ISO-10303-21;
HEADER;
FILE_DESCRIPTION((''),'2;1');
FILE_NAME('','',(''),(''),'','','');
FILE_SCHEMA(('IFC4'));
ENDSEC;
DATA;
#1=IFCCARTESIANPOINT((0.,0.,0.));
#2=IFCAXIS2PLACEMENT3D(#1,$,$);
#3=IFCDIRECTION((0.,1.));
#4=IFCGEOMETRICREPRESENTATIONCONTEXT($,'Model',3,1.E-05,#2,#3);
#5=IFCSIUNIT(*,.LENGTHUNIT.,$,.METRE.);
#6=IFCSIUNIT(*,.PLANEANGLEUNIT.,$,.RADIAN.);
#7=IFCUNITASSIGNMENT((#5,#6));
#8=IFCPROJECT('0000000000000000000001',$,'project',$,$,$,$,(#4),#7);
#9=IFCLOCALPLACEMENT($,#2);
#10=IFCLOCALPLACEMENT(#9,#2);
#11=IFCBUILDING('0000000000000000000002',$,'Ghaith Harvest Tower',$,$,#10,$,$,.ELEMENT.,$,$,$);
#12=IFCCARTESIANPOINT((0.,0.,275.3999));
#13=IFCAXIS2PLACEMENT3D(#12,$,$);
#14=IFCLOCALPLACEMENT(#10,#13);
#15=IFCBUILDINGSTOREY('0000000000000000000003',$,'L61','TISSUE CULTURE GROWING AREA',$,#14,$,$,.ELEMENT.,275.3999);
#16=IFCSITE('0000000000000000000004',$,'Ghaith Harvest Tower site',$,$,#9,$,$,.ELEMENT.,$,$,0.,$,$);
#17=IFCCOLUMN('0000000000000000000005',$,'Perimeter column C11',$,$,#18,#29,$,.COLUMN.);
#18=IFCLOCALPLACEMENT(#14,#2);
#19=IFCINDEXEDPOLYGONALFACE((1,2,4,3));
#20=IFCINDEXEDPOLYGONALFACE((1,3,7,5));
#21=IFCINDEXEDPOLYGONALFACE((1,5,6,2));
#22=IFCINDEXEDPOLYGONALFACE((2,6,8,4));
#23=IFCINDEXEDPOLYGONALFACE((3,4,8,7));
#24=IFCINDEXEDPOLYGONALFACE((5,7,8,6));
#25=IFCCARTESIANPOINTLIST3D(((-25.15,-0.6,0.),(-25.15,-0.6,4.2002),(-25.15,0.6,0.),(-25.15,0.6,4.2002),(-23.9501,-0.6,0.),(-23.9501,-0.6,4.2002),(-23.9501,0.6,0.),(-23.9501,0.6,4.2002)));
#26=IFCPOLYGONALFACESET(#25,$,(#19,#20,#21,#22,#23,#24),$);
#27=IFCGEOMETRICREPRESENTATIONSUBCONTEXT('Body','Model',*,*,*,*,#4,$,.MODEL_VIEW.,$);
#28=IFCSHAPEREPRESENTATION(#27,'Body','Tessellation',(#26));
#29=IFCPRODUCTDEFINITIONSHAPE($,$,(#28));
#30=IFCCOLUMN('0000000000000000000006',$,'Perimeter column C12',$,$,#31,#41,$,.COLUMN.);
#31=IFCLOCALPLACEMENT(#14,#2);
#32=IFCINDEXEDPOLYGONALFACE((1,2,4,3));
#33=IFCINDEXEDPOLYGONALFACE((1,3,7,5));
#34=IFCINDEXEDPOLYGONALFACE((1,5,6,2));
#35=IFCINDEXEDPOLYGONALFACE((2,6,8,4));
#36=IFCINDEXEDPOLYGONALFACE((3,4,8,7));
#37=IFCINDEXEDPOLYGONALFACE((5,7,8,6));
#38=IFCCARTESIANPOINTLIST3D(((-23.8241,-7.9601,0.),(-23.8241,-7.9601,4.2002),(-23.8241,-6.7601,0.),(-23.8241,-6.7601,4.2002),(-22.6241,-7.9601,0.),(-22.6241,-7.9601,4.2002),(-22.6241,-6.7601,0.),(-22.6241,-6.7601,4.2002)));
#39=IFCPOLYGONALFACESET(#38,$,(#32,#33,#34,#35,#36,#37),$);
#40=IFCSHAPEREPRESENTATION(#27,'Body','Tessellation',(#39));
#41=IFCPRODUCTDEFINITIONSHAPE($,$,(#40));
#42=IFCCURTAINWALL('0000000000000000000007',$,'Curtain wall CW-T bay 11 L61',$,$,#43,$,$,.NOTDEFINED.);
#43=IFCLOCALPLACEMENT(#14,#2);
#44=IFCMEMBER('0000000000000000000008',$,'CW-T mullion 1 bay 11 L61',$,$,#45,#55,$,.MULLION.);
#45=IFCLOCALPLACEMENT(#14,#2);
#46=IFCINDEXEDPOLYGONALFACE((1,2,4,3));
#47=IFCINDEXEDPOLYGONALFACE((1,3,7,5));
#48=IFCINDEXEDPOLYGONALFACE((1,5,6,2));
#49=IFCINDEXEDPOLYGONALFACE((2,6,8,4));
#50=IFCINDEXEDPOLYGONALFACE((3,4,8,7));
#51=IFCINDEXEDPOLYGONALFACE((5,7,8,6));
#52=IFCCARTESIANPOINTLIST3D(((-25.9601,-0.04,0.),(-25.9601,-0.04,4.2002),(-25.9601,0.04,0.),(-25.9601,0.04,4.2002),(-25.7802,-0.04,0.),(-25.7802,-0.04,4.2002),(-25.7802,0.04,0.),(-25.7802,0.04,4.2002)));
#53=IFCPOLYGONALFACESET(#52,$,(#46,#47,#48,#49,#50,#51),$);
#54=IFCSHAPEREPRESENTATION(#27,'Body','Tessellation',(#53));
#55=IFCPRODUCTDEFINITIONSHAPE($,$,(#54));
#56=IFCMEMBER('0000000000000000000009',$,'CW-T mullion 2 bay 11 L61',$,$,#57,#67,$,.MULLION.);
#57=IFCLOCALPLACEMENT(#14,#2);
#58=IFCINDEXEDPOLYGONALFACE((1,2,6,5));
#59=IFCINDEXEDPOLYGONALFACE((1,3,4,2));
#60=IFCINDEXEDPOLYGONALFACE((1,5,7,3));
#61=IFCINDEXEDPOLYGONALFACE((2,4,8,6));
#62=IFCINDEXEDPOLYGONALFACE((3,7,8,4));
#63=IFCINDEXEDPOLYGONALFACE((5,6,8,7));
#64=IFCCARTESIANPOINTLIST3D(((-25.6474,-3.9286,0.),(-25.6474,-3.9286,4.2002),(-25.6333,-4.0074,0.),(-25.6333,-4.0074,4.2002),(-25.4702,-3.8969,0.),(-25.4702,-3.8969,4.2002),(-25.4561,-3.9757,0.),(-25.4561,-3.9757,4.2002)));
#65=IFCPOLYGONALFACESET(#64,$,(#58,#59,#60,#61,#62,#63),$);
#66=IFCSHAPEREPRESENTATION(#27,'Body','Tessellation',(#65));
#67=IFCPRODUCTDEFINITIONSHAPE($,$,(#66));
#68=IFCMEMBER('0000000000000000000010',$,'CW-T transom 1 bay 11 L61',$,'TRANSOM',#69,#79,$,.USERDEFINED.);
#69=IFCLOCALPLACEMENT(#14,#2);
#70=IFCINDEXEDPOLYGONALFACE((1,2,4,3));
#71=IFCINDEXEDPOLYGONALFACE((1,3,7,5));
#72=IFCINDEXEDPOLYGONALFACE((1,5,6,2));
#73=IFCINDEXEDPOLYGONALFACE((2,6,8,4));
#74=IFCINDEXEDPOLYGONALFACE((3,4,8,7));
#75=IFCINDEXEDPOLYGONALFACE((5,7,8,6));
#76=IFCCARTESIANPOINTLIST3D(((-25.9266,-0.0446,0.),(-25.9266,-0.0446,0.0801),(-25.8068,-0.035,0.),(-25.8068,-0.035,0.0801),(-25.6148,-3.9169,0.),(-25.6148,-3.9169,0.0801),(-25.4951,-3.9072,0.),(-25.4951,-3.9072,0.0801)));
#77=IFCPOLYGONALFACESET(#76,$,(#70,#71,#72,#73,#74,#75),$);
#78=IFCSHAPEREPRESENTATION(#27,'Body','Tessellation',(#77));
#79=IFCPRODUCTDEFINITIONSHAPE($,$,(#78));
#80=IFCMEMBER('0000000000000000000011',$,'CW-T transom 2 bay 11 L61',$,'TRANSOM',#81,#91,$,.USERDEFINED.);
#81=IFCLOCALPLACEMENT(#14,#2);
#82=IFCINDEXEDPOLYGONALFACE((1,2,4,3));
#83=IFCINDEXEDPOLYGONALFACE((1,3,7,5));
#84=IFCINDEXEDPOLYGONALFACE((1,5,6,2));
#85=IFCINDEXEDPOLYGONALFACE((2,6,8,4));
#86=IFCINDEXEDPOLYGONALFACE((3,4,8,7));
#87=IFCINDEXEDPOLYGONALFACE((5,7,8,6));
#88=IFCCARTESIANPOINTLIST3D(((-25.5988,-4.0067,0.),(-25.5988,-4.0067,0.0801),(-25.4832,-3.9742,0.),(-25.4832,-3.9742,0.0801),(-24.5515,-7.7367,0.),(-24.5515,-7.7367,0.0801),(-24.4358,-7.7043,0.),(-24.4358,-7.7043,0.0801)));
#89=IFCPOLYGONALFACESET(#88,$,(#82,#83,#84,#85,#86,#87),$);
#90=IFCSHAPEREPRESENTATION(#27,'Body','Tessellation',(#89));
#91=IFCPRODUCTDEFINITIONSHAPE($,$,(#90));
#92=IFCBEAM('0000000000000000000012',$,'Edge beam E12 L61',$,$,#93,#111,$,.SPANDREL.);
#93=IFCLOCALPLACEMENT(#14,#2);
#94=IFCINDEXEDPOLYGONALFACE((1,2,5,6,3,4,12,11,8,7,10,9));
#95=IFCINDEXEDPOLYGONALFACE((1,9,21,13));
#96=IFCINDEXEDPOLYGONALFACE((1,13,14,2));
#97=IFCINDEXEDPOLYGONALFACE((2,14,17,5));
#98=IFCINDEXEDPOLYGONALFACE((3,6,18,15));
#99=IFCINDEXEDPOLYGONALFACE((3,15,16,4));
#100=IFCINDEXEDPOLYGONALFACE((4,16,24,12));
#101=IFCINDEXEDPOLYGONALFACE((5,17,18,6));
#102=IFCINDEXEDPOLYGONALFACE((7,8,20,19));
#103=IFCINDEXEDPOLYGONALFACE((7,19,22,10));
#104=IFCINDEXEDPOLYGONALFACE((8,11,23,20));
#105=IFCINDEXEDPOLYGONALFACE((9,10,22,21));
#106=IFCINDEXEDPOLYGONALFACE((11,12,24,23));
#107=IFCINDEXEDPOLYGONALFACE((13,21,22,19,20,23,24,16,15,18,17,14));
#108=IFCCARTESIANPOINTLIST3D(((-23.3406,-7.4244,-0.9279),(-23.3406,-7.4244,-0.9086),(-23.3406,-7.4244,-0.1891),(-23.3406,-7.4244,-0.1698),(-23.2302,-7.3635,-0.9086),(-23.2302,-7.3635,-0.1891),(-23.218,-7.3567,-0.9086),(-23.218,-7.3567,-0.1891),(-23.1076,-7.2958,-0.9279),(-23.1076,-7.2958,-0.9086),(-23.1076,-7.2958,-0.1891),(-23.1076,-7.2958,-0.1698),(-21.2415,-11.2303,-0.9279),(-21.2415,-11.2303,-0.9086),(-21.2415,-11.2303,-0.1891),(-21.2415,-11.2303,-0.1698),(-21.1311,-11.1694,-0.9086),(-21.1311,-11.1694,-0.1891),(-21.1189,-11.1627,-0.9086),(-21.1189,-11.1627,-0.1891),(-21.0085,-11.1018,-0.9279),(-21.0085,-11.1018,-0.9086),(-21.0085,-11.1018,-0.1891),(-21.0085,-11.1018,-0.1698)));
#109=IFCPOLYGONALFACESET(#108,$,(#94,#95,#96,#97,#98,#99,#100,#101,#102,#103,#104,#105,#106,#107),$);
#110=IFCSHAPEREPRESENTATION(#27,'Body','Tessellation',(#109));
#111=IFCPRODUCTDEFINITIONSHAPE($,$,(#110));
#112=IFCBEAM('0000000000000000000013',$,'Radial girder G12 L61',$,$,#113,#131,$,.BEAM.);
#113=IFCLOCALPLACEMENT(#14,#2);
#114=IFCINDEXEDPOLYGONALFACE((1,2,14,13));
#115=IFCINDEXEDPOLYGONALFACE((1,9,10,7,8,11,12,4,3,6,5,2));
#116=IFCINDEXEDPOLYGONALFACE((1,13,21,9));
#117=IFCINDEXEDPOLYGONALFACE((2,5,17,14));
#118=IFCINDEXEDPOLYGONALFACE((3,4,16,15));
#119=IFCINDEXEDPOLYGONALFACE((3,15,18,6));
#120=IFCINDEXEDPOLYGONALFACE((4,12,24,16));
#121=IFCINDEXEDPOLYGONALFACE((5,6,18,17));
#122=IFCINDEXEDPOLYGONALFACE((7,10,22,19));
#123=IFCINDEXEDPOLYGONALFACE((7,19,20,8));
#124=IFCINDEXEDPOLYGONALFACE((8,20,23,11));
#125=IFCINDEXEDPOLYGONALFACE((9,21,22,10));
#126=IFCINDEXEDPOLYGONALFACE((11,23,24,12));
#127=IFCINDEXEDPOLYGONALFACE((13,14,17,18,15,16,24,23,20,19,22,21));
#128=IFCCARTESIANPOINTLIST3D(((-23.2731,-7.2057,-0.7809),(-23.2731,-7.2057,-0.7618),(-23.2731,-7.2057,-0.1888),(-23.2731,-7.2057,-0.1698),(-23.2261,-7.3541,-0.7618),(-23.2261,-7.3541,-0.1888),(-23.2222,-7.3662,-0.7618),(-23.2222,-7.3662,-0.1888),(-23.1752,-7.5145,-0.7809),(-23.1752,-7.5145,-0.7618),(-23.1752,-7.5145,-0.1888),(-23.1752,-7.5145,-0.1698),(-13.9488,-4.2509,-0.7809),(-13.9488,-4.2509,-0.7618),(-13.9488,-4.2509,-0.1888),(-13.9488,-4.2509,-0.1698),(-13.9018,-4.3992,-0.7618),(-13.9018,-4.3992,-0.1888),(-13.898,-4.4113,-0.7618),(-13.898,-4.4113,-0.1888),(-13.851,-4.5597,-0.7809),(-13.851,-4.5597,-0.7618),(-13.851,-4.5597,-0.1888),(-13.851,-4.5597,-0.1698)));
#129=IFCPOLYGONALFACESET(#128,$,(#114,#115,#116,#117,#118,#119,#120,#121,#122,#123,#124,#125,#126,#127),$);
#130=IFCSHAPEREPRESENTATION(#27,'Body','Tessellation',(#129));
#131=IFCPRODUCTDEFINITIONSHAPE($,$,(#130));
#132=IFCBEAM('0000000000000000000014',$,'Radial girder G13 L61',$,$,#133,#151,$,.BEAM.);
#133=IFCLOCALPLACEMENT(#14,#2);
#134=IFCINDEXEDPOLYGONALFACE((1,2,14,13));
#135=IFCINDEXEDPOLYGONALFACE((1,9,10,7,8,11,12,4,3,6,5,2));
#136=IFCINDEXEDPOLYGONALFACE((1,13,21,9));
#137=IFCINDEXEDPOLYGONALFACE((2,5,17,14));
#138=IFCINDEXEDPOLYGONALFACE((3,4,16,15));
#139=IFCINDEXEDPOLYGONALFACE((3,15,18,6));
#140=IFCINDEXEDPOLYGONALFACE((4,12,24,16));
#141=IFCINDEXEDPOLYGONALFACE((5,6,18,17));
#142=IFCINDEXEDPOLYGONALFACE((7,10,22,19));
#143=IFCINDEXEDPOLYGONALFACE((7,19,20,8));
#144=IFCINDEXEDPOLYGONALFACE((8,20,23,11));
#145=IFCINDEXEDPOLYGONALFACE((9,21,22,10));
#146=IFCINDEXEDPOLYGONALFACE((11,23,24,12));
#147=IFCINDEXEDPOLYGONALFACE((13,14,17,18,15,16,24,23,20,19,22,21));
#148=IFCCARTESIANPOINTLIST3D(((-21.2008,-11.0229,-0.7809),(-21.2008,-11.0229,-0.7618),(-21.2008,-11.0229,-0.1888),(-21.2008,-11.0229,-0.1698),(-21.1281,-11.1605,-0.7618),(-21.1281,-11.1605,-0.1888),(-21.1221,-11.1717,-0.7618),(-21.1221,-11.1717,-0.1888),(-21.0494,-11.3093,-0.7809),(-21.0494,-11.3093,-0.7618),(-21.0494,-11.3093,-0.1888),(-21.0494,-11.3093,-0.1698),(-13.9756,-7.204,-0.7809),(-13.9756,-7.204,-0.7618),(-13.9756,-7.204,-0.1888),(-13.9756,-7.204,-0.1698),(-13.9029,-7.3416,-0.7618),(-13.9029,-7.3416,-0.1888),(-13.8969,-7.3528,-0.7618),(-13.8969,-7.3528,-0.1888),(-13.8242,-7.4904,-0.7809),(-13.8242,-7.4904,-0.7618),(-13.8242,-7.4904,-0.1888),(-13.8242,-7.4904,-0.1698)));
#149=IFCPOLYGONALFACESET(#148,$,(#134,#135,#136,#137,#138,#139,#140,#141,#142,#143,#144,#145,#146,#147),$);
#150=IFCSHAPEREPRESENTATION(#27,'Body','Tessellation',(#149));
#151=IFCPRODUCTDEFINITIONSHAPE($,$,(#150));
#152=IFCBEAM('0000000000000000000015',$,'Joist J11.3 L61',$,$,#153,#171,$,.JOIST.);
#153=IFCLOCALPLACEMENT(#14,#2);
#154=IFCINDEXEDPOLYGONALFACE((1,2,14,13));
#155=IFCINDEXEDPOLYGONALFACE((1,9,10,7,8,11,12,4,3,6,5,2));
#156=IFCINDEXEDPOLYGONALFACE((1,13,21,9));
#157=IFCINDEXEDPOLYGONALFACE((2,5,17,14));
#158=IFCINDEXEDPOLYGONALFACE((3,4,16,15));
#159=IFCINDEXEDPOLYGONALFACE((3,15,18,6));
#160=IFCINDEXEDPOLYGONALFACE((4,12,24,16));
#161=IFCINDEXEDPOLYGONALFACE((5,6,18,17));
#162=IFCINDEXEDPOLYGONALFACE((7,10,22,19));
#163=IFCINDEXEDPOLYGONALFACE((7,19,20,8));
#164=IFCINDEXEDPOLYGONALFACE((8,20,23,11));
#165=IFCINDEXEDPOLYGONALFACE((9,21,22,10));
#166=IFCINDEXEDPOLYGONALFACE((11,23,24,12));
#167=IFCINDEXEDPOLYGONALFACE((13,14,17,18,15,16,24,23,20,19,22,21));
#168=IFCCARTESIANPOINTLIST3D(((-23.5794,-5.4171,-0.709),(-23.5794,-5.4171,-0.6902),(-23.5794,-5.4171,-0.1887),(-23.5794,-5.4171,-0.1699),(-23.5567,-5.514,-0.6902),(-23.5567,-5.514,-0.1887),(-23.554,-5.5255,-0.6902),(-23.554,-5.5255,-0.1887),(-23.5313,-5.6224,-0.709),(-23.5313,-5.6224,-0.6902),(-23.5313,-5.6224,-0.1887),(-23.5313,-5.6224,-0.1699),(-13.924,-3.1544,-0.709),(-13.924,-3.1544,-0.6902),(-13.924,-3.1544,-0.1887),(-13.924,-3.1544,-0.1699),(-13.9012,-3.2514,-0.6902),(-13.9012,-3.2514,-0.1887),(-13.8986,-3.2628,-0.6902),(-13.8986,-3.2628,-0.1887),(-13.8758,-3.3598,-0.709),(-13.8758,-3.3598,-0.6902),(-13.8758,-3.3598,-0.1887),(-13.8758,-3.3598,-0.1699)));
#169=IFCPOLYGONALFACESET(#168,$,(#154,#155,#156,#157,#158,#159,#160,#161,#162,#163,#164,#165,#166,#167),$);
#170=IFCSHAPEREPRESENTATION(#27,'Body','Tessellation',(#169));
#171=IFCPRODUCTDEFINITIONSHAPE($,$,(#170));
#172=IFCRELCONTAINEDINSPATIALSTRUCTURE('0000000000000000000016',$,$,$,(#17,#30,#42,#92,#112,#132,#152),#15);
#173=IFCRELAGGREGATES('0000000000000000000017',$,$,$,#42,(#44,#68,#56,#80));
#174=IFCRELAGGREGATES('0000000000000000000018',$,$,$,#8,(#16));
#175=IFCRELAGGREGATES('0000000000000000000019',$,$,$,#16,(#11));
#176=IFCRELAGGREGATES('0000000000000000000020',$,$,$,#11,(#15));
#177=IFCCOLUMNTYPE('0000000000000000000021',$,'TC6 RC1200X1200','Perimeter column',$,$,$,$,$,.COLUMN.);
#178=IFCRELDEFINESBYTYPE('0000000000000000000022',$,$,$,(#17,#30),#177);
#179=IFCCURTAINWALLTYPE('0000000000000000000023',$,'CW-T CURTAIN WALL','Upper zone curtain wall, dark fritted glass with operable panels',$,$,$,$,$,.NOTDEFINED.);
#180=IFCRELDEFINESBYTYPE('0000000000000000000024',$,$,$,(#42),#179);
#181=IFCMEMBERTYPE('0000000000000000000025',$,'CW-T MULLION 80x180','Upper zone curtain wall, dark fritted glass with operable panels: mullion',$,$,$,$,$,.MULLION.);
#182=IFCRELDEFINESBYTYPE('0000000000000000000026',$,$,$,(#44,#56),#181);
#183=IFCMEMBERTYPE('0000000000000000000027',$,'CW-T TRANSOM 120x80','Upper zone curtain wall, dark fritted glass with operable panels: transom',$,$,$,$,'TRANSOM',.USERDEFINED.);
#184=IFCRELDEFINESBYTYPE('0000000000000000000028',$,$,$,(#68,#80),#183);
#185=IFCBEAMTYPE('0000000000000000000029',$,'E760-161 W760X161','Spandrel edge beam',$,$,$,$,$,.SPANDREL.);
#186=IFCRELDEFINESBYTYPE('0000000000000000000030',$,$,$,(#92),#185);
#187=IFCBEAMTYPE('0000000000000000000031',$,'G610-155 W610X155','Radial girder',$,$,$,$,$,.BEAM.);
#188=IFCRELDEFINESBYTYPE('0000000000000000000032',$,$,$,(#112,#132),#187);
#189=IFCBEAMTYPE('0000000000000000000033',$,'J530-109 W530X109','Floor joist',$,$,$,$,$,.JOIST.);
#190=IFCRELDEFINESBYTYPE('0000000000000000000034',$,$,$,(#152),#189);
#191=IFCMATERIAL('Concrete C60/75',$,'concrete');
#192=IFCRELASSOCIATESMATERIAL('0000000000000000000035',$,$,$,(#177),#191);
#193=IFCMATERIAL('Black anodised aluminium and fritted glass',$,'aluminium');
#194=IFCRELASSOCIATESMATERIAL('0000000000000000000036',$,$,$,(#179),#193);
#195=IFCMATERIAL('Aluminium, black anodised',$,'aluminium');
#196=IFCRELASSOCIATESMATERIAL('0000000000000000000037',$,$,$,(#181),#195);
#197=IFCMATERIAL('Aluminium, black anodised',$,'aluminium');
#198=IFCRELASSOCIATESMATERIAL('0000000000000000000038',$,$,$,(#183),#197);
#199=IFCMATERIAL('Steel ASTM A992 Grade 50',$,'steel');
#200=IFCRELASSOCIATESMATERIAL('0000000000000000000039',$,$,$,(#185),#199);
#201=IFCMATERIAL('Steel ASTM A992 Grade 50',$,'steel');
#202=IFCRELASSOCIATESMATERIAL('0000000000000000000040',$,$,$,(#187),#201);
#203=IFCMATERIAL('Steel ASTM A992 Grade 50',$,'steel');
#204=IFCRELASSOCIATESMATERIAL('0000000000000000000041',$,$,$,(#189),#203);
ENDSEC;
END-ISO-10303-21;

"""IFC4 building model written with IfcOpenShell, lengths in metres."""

from ifc_helpers import new_model, si_unit, direction, frame, origin, origin_2d, place, context, subcontext, project, spatial, rectangle, i_section, extrude, material, material_profile, profile_set, type_object, element, aggregate, save


model = new_model("IFC4")

# Units and contexts
model_context = context("Model", 3, precision=1e-05, world=origin(), true_north=direction((0.0, 1.0)))
body_context = subcontext(model_context, "Body", "Model", "MODEL_VIEW")
ifc_project = project(units=[si_unit("LENGTHUNIT", "METRE"), si_unit("PLANEANGLEUNIT", "RADIAN")], contexts=[model_context])

# Site, building, storey
site_placement = place(None, origin())
site = spatial("IfcSite", under=ifc_project, at=site_placement, Name="Ghaith Harvest Tower site", CompositionType="ELEMENT", RefElevation=0.0)
building_placement = place(site_placement, origin())
building = spatial("IfcBuilding", under=site, at=building_placement, Name="Ghaith Harvest Tower", CompositionType="ELEMENT")
storey_placement = place(building_placement, frame((0.0, 0.0, 275.3999)))
storey = spatial("IfcBuildingStorey", under=building, at=storey_placement, Name="L61", Description="TISSUE CULTURE GROWING AREA", CompositionType="ELEMENT", Elevation=275.3999)

# Columns
ifc_material_1 = material(Name="Concrete C60/75", Category="concrete")
ifc_material_profile_1 = material_profile(ifc_material_1, rectangle(XDim=1.2, YDim=1.2, at=origin_2d()), Name="RC1200X1200")
ifc_profile_set_1 = profile_set([ifc_material_profile_1], Name="Concrete C60/75")
column_type = type_object("IfcColumnType", Name="TC6 RC1200X1200", Description="Perimeter column", PredefinedType="COLUMN", material=ifc_profile_set_1)
for number, where, z_axis, x_axis, name in (
    (1, (-24.55, 0.0, 0.0), (0.0, 0.0, 1.0), (1.0, 0.0, 0.0), "Perimeter column C11"),
    (2, (-23.2241, -7.3601, 0.0), (0.0, 0.0, 1.0), (1.0, 0.0, 0.0), "Perimeter column C12"),
):
    element("IfcColumn", number, at=place(storey_placement, frame(where, z_axis=z_axis, x_axis=x_axis)), inside=storey, type_object=column_type, Name=name, PredefinedType="COLUMN", context=body_context, shape_type="SweptSolid", body=[
        extrude(rectangle(XDim=1.2, YDim=1.2, at=origin_2d()), origin(), (0.0, 0.0, 1.0), 4.2002),
    ])

# Curtain wall, members
ifc_material_2 = material(Name="Black anodised aluminium and fritted glass", Category="aluminium")
curtain_wall_type = type_object("IfcCurtainWallType", Name="CW-T CURTAIN WALL", Description="Upper zone curtain wall, dark fritted glass with operable panels", PredefinedType="NOTDEFINED", material=ifc_material_2)
curtain_wall_placement = place(storey_placement, origin())
curtain_wall = element("IfcCurtainWall", 3, at=curtain_wall_placement, inside=storey, type_object=curtain_wall_type, Name="Curtain wall CW-T bay 11 L61", PredefinedType="NOTDEFINED")
ifc_material_3 = material(Name="Aluminium, black anodised", Category="aluminium")
ifc_material_profile_2 = material_profile(ifc_material_3, rectangle(XDim=0.0801, YDim=0.1799, at=origin_2d()), Name="CW-T MULLION 80x180")
ifc_profile_set_2 = profile_set([ifc_material_profile_2], Name="Aluminium, black anodised")
member_type_1 = type_object("IfcMemberType", Name="CW-T MULLION 80x180", Description="Upper zone curtain wall, dark fritted glass with operable panels: mullion", PredefinedType="MULLION", material=ifc_profile_set_2)
member_1_placement = place(storey_placement, frame((-25.8701, 0.0, 0.0), z_axis=(0.0, 0.0, 1.0), x_axis=(0.0, -1.0, 0.0)))
member_1 = element("IfcMember", 4, at=member_1_placement, type_object=member_type_1, Name="CW-T mullion 1 bay 11 L61", PredefinedType="MULLION", context=body_context, shape_type="SweptSolid", body=[
    extrude(rectangle(XDim=0.0801, YDim=0.1799, at=origin_2d()), origin(), (0.0, 0.0, 1.0), 4.2002),
])
member_2_placement = place(storey_placement, frame((-25.5518, -3.9521, 0.0), z_axis=(0.0, 0.0, 1.0), x_axis=(0.176001, -0.98439, 0.0)))
member_2 = element("IfcMember", 5, at=member_2_placement, type_object=member_type_1, Name="CW-T mullion 2 bay 11 L61", PredefinedType="MULLION", context=body_context, shape_type="SweptSolid", body=[
    extrude(rectangle(XDim=0.0801, YDim=0.1799, at=origin_2d()), origin(), (0.0, 0.0, 1.0), 4.2002),
])
ifc_material_4 = material(Name="Aluminium, black anodised", Category="aluminium")
ifc_material_profile_3 = material_profile(ifc_material_4, rectangle(XDim=0.1201, YDim=0.0801, at=origin_2d()), Name="CW-T TRANSOM 120x80")
ifc_profile_set_3 = profile_set([ifc_material_profile_3], Name="Aluminium, black anodised")
member_type_2 = type_object("IfcMemberType", Name="CW-T TRANSOM 120x80", Description="Upper zone curtain wall, dark fritted glass with operable panels: transom", ElementType="TRANSOM", PredefinedType="USERDEFINED", material=ifc_profile_set_3)
member_3_placement = place(storey_placement, frame((-25.8667, -0.0398, 0.04), z_axis=(0.080252, -0.996775, 0.0), x_axis=(0.996775, 0.080252, 0.0)))
member_3 = element("IfcMember", 6, at=member_3_placement, type_object=member_type_2, Name="CW-T transom 1 bay 11 L61", ObjectType="TRANSOM", PredefinedType="USERDEFINED", context=body_context, shape_type="SweptSolid", body=[
    extrude(rectangle(XDim=0.1201, YDim=0.0801, at=origin_2d()), origin(), (0.0, 0.0, 1.0), 3.8848),
])
member_4_placement = place(storey_placement, frame((-25.541, -3.9905, 0.04), z_axis=(0.27034, -0.962765, 0.0), x_axis=(0.962765, 0.27034, 0.0)))
member_4 = element("IfcMember", 7, at=member_4_placement, type_object=member_type_2, Name="CW-T transom 2 bay 11 L61", ObjectType="TRANSOM", PredefinedType="USERDEFINED", context=body_context, shape_type="SweptSolid", body=[
    extrude(rectangle(XDim=0.1201, YDim=0.0801, at=origin_2d()), origin(), (0.0, 0.0, 1.0), 3.8743),
])

# Beams
ifc_material_5 = material(Name="Steel ASTM A992 Grade 50", Category="steel")
ifc_material_profile_4 = material_profile(ifc_material_5, i_section(OverallWidth=0.2661, OverallDepth=0.7581, WebThickness=0.0139, FlangeThickness=0.0193, at=origin_2d()), Name="W760X161")
ifc_profile_set_4 = profile_set([ifc_material_profile_4], Name="Steel ASTM A992 Grade 50")
beam_type_1 = type_object("IfcBeamType", Name="E760-161 W760X161", Description="Spandrel edge beam", PredefinedType="SPANDREL", material=ifc_profile_set_4)
beam_1_placement = place(storey_placement, frame((-23.2241, -7.3601, -0.5488), z_axis=(0.482956, -0.875645, 0.0), x_axis=(0.875645, 0.482956, 0.0)))
element("IfcBeam", 8, at=beam_1_placement, inside=storey, type_object=beam_type_1, Name="Edge beam E12 L61", PredefinedType="SPANDREL", context=body_context, shape_type="SweptSolid", body=[
    extrude(i_section(OverallWidth=0.2661, OverallDepth=0.7581, WebThickness=0.0139, FlangeThickness=0.0193, at=origin_2d()), origin(), (0.0, 0.0, 1.0), 4.3464),
])
ifc_material_6 = material(Name="Steel ASTM A992 Grade 50", Category="steel")
ifc_material_profile_5 = material_profile(ifc_material_6, i_section(OverallWidth=0.324, OverallDepth=0.6111, WebThickness=0.0127, FlangeThickness=0.019, at=origin_2d()), Name="W610X155")
ifc_profile_set_5 = profile_set([ifc_material_profile_5], Name="Steel ASTM A992 Grade 50")
beam_type_2 = type_object("IfcBeamType", Name="G610-155 W610X155", Description="Radial girder", PredefinedType="BEAM", material=ifc_profile_set_5)
beam_2_placement = place(storey_placement, frame((-13.8999, -4.4053, -0.4753), z_axis=(-0.953279, -0.302093, 0.0), x_axis=(0.302093, -0.953279, 0.0)))
element("IfcBeam", 9, at=beam_2_placement, inside=storey, type_object=beam_type_2, Name="Radial girder G12 L61", PredefinedType="BEAM", context=body_context, shape_type="SweptSolid", body=[
    extrude(i_section(OverallWidth=0.324, OverallDepth=0.6111, WebThickness=0.0127, FlangeThickness=0.019, at=origin_2d()), origin(), (0.0, 0.0, 1.0), 9.7812),
])
beam_3_placement = place(storey_placement, frame((-13.8999, -7.3472, -0.4753), z_axis=(-0.884102, -0.467295, 0.0), x_axis=(0.467295, -0.884102, 0.0)))
element("IfcBeam", 10, at=beam_3_placement, inside=storey, type_object=beam_type_2, Name="Radial girder G13 L61", PredefinedType="BEAM", context=body_context, shape_type="SweptSolid", body=[
    extrude(i_section(OverallWidth=0.324, OverallDepth=0.6111, WebThickness=0.0127, FlangeThickness=0.019, at=origin_2d()), origin(), (0.0, 0.0, 1.0), 8.1724),
])
ifc_material_7 = material(Name="Steel ASTM A992 Grade 50", Category="steel")
ifc_material_profile_6 = material_profile(ifc_material_7, i_section(OverallWidth=0.2109, OverallDepth=0.5391, WebThickness=0.0117, FlangeThickness=0.0188, at=origin_2d()), Name="W530X109")
ifc_profile_set_6 = profile_set([ifc_material_profile_6], Name="Steel ASTM A992 Grade 50")
beam_type_3 = type_object("IfcBeamType", Name="J530-109 W530X109", Description="Floor joist", PredefinedType="JOIST", material=ifc_profile_set_6)
beam_4_placement = place(storey_placement, frame((-13.8999, -3.2571, -0.4395), z_axis=(-0.973623, -0.228161, 0.0), x_axis=(0.228161, -0.973623, 0.0)))
element("IfcBeam", 11, at=beam_4_placement, inside=storey, type_object=beam_type_3, Name="Joist J11.3 L61", PredefinedType="JOIST", context=body_context, shape_type="SweptSolid", body=[
    extrude(i_section(OverallWidth=0.2109, OverallDepth=0.5391, WebThickness=0.0117, FlangeThickness=0.0188, at=origin_2d()), origin(), (0.0, 0.0, 1.0), 9.917),
])

aggregate(curtain_wall, [member_1, member_3, member_2, member_4])

save(model, "model.ifc")
